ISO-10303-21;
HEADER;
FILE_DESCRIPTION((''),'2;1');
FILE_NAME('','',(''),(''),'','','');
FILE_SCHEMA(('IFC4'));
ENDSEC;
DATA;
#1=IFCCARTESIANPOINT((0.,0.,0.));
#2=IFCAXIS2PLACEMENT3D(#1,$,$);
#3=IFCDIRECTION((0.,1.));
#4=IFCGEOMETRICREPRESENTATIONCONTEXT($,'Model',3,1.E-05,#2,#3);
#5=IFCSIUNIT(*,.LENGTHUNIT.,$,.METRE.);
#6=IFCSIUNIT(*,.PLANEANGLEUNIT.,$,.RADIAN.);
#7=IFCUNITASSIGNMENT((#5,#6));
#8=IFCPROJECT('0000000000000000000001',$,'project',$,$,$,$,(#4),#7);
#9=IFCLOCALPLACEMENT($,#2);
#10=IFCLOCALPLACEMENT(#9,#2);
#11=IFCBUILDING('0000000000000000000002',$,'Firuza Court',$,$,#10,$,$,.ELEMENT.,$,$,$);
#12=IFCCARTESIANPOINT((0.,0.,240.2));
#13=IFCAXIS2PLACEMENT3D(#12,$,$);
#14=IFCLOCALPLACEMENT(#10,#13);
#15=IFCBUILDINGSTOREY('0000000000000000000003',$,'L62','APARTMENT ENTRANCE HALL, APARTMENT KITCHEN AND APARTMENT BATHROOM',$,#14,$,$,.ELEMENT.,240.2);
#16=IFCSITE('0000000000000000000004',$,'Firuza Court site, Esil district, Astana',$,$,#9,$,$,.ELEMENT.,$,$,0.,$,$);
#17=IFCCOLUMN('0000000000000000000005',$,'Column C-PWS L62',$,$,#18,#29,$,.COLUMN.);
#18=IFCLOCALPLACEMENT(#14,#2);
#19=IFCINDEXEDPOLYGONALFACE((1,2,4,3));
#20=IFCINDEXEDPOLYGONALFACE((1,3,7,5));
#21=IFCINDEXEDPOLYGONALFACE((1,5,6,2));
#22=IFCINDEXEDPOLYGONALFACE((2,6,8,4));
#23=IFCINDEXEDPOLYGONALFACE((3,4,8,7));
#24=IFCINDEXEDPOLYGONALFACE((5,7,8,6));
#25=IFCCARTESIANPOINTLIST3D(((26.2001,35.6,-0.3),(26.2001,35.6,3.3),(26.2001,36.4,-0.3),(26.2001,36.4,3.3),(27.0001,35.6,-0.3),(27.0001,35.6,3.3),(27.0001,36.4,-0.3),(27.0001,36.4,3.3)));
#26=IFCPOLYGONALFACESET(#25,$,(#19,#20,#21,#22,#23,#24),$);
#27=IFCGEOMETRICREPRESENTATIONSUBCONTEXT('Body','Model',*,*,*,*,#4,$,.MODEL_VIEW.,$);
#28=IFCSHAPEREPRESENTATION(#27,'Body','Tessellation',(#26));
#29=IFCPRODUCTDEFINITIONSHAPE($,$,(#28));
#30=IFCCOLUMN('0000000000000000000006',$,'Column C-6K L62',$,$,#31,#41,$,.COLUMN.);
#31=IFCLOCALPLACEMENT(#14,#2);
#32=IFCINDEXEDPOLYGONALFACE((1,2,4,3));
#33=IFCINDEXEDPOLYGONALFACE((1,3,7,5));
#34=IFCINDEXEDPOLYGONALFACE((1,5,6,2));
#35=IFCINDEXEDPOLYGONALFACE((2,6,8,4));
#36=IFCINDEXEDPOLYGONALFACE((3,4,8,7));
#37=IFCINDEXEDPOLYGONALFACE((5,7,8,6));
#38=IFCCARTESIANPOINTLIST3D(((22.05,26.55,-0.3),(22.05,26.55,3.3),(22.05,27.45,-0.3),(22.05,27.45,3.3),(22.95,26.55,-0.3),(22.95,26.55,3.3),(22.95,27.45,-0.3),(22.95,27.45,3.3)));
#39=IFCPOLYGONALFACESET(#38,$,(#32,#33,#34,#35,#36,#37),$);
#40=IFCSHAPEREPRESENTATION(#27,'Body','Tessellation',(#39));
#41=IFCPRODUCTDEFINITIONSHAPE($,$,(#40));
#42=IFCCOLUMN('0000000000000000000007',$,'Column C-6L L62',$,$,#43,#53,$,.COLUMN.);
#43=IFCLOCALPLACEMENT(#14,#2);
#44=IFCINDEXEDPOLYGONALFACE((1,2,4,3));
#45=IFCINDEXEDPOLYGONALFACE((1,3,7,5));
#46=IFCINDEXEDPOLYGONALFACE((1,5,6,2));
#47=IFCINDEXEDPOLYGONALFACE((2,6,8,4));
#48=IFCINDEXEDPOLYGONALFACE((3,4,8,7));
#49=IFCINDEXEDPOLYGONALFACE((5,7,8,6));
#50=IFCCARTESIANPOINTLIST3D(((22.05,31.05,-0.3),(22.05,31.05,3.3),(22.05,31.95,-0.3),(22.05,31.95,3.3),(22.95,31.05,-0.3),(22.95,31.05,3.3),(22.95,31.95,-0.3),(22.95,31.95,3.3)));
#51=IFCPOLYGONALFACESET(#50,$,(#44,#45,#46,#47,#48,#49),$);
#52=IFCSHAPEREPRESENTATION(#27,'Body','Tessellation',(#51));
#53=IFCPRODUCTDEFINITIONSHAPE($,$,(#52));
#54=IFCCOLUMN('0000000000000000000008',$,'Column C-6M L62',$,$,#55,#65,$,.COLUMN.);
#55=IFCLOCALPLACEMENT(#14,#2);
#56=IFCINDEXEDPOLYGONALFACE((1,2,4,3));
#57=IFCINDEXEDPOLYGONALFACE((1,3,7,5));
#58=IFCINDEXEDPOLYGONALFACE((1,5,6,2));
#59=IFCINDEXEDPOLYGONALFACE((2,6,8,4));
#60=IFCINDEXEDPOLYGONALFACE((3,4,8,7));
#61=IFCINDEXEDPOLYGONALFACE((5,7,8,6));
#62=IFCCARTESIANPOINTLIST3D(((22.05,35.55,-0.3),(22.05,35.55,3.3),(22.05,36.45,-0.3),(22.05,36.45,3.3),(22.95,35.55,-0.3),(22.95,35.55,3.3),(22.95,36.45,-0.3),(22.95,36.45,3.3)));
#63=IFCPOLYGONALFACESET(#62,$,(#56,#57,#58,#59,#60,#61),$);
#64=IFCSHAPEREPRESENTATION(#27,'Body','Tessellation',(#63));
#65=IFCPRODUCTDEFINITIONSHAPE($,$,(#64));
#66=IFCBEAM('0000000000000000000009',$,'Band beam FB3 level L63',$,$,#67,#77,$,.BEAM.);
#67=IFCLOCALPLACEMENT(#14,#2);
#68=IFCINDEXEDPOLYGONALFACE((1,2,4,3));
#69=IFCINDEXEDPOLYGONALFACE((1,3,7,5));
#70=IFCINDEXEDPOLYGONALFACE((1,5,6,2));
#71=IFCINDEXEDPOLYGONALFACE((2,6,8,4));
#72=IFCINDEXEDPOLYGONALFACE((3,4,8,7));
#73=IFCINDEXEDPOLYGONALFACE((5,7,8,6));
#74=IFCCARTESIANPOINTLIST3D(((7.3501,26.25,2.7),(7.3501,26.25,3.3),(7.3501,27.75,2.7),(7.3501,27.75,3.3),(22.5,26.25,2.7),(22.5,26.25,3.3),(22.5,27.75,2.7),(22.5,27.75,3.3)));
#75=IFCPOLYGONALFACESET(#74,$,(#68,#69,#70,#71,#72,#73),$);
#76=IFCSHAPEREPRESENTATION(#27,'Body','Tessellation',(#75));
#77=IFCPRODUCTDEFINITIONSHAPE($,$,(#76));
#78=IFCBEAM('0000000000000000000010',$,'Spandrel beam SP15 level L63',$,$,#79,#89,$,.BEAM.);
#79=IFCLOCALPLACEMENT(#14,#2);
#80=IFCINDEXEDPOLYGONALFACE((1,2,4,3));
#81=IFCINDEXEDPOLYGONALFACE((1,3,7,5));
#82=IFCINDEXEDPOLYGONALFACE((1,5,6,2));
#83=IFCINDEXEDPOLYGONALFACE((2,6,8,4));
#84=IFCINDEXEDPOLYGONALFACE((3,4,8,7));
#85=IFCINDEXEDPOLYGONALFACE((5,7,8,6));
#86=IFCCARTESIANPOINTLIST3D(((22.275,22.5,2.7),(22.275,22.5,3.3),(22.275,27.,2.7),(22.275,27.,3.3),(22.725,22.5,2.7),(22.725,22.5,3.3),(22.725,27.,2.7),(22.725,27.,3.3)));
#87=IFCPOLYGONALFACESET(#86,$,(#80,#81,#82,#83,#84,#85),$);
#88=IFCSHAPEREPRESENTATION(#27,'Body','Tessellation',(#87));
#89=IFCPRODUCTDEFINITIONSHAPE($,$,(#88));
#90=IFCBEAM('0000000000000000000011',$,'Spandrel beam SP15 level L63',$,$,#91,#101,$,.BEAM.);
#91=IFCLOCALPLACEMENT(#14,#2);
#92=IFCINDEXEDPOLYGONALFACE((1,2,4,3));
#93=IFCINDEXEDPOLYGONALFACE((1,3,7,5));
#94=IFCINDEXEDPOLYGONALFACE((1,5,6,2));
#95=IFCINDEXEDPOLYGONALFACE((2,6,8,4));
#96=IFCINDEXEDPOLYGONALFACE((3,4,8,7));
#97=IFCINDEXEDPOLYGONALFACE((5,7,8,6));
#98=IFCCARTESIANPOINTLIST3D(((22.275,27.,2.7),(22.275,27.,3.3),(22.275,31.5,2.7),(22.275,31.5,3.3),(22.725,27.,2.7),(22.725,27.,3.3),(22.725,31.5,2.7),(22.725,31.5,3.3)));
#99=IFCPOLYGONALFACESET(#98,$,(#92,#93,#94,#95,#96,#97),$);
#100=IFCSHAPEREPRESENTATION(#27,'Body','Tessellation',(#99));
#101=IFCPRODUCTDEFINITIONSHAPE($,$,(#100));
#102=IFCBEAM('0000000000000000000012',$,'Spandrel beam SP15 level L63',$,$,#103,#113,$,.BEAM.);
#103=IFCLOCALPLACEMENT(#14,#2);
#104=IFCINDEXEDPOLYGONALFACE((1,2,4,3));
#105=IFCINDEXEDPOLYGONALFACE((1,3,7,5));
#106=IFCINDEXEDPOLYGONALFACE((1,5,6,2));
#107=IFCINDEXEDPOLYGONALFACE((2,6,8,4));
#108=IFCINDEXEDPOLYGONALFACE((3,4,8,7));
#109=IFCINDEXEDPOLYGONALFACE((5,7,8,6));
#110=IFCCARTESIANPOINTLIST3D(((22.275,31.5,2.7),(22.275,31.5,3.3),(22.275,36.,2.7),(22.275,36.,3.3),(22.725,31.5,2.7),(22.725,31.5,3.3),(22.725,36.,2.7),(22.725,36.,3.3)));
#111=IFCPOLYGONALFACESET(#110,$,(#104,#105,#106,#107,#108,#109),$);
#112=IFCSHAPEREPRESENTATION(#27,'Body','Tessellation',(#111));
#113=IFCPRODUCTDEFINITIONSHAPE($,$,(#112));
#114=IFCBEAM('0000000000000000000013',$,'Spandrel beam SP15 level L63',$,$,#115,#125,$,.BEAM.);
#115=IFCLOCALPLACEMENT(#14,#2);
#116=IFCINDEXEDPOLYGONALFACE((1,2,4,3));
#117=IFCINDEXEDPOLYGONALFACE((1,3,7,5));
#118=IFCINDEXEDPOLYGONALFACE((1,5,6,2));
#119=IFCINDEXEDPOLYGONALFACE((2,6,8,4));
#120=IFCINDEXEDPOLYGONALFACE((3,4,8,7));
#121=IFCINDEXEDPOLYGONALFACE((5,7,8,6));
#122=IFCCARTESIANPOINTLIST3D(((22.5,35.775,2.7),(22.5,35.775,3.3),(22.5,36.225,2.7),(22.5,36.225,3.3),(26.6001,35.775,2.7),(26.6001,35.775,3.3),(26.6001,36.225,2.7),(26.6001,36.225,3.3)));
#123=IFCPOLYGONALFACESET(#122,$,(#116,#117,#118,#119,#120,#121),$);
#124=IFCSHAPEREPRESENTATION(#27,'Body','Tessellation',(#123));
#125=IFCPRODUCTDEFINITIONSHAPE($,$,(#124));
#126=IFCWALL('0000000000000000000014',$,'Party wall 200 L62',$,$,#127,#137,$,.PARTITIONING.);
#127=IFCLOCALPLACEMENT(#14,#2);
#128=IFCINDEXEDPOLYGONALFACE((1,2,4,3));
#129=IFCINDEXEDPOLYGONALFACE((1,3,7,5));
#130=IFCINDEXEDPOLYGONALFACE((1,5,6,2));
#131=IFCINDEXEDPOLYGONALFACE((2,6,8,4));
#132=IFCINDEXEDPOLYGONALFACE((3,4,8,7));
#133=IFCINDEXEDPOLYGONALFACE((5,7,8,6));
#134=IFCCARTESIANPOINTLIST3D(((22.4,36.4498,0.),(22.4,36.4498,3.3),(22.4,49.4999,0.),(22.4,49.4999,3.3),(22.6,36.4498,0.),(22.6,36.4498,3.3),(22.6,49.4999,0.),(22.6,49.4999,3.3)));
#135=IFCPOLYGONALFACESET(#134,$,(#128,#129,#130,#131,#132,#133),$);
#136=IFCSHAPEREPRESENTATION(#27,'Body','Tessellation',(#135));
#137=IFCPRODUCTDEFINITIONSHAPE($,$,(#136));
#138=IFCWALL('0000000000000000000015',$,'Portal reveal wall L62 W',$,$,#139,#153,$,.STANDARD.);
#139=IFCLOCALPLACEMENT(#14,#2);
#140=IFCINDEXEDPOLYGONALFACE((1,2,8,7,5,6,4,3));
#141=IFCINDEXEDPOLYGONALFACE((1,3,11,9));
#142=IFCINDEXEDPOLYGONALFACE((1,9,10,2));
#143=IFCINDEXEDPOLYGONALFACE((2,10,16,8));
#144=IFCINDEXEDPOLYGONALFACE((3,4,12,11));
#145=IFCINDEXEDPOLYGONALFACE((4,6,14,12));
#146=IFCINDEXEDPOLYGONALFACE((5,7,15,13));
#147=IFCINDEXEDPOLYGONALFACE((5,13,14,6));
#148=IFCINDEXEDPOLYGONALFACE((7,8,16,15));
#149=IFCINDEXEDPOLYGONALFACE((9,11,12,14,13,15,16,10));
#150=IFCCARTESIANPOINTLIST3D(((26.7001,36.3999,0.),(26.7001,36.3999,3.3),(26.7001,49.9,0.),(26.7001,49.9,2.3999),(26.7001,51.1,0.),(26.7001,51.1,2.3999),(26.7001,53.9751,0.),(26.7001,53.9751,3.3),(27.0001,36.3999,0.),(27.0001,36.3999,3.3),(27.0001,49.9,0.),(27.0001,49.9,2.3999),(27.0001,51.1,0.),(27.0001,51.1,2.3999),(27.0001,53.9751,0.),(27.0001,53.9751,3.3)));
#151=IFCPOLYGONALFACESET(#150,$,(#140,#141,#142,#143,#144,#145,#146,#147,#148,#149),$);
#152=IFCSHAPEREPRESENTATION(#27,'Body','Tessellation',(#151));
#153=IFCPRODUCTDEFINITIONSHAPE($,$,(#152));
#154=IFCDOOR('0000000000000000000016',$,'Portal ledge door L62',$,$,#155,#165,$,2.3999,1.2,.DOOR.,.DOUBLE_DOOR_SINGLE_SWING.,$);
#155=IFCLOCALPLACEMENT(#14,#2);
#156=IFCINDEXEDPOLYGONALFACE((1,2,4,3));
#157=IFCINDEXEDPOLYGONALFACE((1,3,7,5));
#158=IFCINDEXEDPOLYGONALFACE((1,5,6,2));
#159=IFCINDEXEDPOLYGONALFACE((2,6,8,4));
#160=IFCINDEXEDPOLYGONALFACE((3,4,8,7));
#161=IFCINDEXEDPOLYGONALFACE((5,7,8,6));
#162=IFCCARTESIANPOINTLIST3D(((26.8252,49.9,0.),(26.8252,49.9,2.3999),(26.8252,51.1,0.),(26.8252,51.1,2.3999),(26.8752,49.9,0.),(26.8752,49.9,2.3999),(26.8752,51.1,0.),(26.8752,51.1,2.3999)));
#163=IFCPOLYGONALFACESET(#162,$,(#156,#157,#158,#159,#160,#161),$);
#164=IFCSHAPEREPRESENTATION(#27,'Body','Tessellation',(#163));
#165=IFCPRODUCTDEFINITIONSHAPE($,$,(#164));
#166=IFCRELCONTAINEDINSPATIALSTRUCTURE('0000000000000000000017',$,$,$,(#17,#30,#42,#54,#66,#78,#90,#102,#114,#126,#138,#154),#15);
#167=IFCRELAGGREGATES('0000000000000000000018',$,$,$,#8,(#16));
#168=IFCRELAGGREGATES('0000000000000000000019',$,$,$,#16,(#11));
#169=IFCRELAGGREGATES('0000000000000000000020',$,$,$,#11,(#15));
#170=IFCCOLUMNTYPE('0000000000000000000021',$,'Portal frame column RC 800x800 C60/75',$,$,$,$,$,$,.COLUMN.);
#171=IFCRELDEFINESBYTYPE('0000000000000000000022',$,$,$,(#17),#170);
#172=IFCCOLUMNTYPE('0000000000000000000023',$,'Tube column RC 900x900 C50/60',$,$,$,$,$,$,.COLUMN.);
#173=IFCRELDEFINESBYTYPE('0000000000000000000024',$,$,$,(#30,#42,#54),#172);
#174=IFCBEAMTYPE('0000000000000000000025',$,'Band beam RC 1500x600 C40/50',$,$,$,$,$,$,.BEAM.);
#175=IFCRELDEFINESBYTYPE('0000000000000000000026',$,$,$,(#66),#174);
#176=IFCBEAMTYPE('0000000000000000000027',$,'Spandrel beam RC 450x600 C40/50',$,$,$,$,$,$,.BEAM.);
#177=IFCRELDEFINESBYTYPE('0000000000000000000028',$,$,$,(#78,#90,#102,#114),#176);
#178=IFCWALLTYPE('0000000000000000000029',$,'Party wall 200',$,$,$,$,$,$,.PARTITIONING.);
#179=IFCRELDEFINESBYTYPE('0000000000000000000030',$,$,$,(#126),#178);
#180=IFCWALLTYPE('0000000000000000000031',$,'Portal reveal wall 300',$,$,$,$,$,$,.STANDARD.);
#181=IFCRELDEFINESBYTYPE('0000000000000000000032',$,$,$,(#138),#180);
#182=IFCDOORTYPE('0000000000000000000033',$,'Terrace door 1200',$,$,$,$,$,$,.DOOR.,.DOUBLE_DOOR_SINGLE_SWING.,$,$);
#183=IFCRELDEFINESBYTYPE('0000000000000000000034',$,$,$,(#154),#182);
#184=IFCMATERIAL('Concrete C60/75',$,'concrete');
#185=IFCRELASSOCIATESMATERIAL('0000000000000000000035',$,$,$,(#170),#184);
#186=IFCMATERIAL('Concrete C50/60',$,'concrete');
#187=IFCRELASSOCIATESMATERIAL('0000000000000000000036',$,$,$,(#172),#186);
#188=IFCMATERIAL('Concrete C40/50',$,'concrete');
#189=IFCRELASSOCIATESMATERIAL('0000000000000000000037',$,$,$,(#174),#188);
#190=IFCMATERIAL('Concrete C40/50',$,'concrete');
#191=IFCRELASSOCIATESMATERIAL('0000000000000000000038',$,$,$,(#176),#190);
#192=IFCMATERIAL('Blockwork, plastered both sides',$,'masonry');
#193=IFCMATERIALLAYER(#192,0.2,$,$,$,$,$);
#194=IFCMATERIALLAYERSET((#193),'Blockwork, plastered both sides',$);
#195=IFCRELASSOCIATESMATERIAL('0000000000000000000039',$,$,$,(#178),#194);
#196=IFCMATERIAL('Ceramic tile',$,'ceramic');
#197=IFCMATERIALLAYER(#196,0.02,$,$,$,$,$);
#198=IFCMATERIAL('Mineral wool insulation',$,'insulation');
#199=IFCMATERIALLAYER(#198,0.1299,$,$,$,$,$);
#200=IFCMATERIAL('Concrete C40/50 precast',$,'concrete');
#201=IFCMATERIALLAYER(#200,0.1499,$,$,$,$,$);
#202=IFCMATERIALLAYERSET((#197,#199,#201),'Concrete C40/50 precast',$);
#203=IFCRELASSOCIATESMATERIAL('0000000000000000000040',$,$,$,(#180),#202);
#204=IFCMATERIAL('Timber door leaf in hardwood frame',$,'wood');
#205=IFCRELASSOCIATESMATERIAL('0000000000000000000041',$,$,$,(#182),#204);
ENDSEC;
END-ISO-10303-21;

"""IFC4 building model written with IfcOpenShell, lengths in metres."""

from ifc_helpers import new_model, si_unit, direction, frame, frame_2d, origin, origin_2d, place, context, subcontext, project, spatial, rectangle, extrude, material, layer, layer_set, material_profile, profile_set, type_object, element, fill, save


model = new_model("IFC4")

# Units and contexts
model_context = context("Model", 3, precision=1e-05, world=origin(), true_north=direction((0.0, 1.0)))
body_context = subcontext(model_context, "Body", "Model", "MODEL_VIEW")
ifc_project = project(units=[si_unit("LENGTHUNIT", "METRE"), si_unit("PLANEANGLEUNIT", "RADIAN")], contexts=[model_context])

# Site, building, storey
site_placement = place(None, origin())
site = spatial("IfcSite", under=ifc_project, at=site_placement, Name="Firuza Court site, Esil district, Astana", CompositionType="ELEMENT", RefElevation=0.0)
building_placement = place(site_placement, origin())
building = spatial("IfcBuilding", under=site, at=building_placement, Name="Firuza Court", CompositionType="ELEMENT")
storey_placement = place(building_placement, frame((0.0, 0.0, 240.2)))
storey = spatial("IfcBuildingStorey", under=building, at=storey_placement, Name="L62", Description="APARTMENT ENTRANCE HALL, APARTMENT KITCHEN AND APARTMENT BATHROOM", CompositionType="ELEMENT", Elevation=240.2)

# Columns
ifc_material_1 = material(Name="Concrete C60/75", Category="concrete")
ifc_material_profile_1 = material_profile(ifc_material_1, rectangle(XDim=0.8, YDim=0.8, at=origin_2d()), Name="RC 800x800")
ifc_profile_set_1 = profile_set([ifc_material_profile_1], Name="Concrete C60/75")
column_type_1 = type_object("IfcColumnType", Name="Portal frame column RC 800x800 C60/75", PredefinedType="COLUMN", material=ifc_profile_set_1)
column_placement = place(storey_placement, frame((26.6001, 36.0, -0.3), z_axis=(0.0, 0.0, 1.0), x_axis=(1.0, 0.0, 0.0)))
element("IfcColumn", 1, at=column_placement, inside=storey, type_object=column_type_1, Name="Column C-PWS L62", PredefinedType="COLUMN", context=body_context, shape_type="SweptSolid", body=[
    extrude(rectangle(XDim=0.8, YDim=0.8, at=origin_2d()), origin(), (0.0, 0.0, 1.0), 3.6001),
])
ifc_material_2 = material(Name="Concrete C50/60", Category="concrete")
ifc_material_profile_2 = material_profile(ifc_material_2, rectangle(XDim=0.8999, YDim=0.8999, at=origin_2d()), Name="RC 900x900")
ifc_profile_set_2 = profile_set([ifc_material_profile_2], Name="Concrete C50/60")
column_type_2 = type_object("IfcColumnType", Name="Tube column RC 900x900 C50/60", PredefinedType="COLUMN", material=ifc_profile_set_2)
for number, where, z_axis, x_axis, name in (
    (2, (22.5, 27.0, -0.3), (0.0, 0.0, 1.0), (1.0, 0.0, 0.0), "Column C-6K L62"),
    (3, (22.5, 31.5, -0.3), (0.0, 0.0, 1.0), (1.0, 0.0, 0.0), "Column C-6L L62"),
    (4, (22.5, 36.0, -0.3), (0.0, 0.0, 1.0), (1.0, 0.0, 0.0), "Column C-6M L62"),
):
    element("IfcColumn", number, at=place(storey_placement, frame(where, z_axis=z_axis, x_axis=x_axis)), inside=storey, type_object=column_type_2, Name=name, PredefinedType="COLUMN", context=body_context, shape_type="SweptSolid", body=[
        extrude(rectangle(XDim=0.8999, YDim=0.8999, at=origin_2d()), origin(), (0.0, 0.0, 1.0), 3.6001),
    ])

# Beams
ifc_material_3 = material(Name="Concrete C40/50", Category="concrete")
ifc_material_profile_3 = material_profile(ifc_material_3, rectangle(XDim=1.5, YDim=0.6001, at=origin_2d()), Name="RC 1500x600")
ifc_profile_set_3 = profile_set([ifc_material_profile_3], Name="Concrete C40/50")
beam_type_1 = type_object("IfcBeamType", Name="Band beam RC 1500x600 C40/50", PredefinedType="BEAM", material=ifc_profile_set_3)
beam_1_placement = place(storey_placement, frame((22.5, 27.0, 3.0), z_axis=(-1.0, 0.0, 0.0), x_axis=(0.0, -1.0, 0.0)))
element("IfcBeam", 5, at=beam_1_placement, inside=storey, type_object=beam_type_1, Name="Band beam FB3 level L63", PredefinedType="BEAM", context=body_context, shape_type="SweptSolid", body=[
    extrude(rectangle(XDim=1.5, YDim=0.6001, at=origin_2d()), origin(), (0.0, 0.0, 1.0), 15.1499),
])
ifc_material_4 = material(Name="Concrete C40/50", Category="concrete")
ifc_material_profile_4 = material_profile(ifc_material_4, rectangle(XDim=0.45, YDim=0.6001, at=origin_2d()), Name="RC 450x600")
ifc_profile_set_4 = profile_set([ifc_material_profile_4], Name="Concrete C40/50")
beam_type_2 = type_object("IfcBeamType", Name="Spandrel beam RC 450x600 C40/50", PredefinedType="BEAM", material=ifc_profile_set_4)
for number, where, z_axis, x_axis, name in (
    (6, (22.5, 22.5, 3.0), (0.0, 1.0, 0.0), (-1.0, 0.0, 0.0), "Spandrel beam SP15 level L63"),
    (7, (22.5, 27.0, 3.0), (0.0, 1.0, 0.0), (-1.0, 0.0, 0.0), "Spandrel beam SP15 level L63"),
    (8, (22.5, 31.5, 3.0), (0.0, 1.0, 0.0), (-1.0, 0.0, 0.0), "Spandrel beam SP15 level L63"),
):
    element("IfcBeam", number, at=place(storey_placement, frame(where, z_axis=z_axis, x_axis=x_axis)), inside=storey, type_object=beam_type_2, Name=name, PredefinedType="BEAM", context=body_context, shape_type="SweptSolid", body=[
        extrude(rectangle(XDim=0.45, YDim=0.6001, at=origin_2d()), origin(), (0.0, 0.0, 1.0), 4.5),
    ])
beam_2_placement = place(storey_placement, frame((22.5, 36.0, 3.0), z_axis=(1.0, 0.0, 0.0), x_axis=(0.0, 1.0, 0.0)))
element("IfcBeam", 9, at=beam_2_placement, inside=storey, type_object=beam_type_2, Name="Spandrel beam SP15 level L63", PredefinedType="BEAM", context=body_context, shape_type="SweptSolid", body=[
    extrude(rectangle(XDim=0.45, YDim=0.6001, at=origin_2d()), origin(), (0.0, 0.0, 1.0), 4.1001),
])

# Wall
ifc_material_5 = material(Name="Blockwork, plastered both sides", Category="masonry")
ifc_layer_1 = layer(ifc_material_5, 0.2)
ifc_layer_set_1 = layer_set([ifc_layer_1], Name="Blockwork, plastered both sides")
wall_type_1 = type_object("IfcWallType", Name="Party wall 200", PredefinedType="PARTITIONING", material=ifc_layer_set_1)
wall_1_placement = place(storey_placement, frame((22.5, 36.45, 0.0), z_axis=(0.0, 0.0, 1.0), x_axis=(0.0, 1.0, 0.0)))
element("IfcWall", 10, at=wall_1_placement, inside=storey, type_object=wall_type_1, Name="Party wall 200 L62", PredefinedType="PARTITIONING", context=body_context, shape_type="SweptSolid", body=[
    extrude(rectangle(XDim=13.05, YDim=0.2, at=frame_2d((6.5249, 0.0))), origin(), (0.0, 0.0, 1.0), 3.3),
])

# Wall, opening, door
ifc_material_6 = material(Name="Ceramic tile", Category="ceramic")
ifc_layer_2 = layer(ifc_material_6, 0.02)
ifc_material_7 = material(Name="Mineral wool insulation", Category="insulation")
ifc_layer_3 = layer(ifc_material_7, 0.1299)
ifc_material_8 = material(Name="Concrete C40/50 precast", Category="concrete")
ifc_layer_4 = layer(ifc_material_8, 0.1499)
ifc_layer_set_2 = layer_set([ifc_layer_2, ifc_layer_3, ifc_layer_4], Name="Concrete C40/50 precast")
wall_type_2 = type_object("IfcWallType", Name="Portal reveal wall 300", PredefinedType="STANDARD", material=ifc_layer_set_2)
wall_2_placement = place(storey_placement, frame((26.8501, 36.3999, 0.0), z_axis=(0.0, 0.0, 1.0), x_axis=(0.0, 1.0, 0.0)))
wall_2 = element("IfcWall", 11, at=wall_2_placement, inside=storey, type_object=wall_type_2, Name="Portal reveal wall L62 W", PredefinedType="STANDARD", context=body_context, shape_type="SweptSolid", body=[
    extrude(rectangle(XDim=17.5752, YDim=0.3, at=frame_2d((8.7876, 0.0))), origin(), (0.0, 0.0, 1.0), 3.3),
])
opening_1_placement = place(wall_2_placement, frame((13.5, 0.0, 0.0)))
opening_1 = element("IfcOpeningElement", 12, at=opening_1_placement, cuts=wall_2, PredefinedType="OPENING", context=body_context, shape_type="SweptSolid", body=[
    extrude(rectangle(XDim=1.2, YDim=2.3999, at=frame_2d((0.6001, 1.2))), frame((0.0, 0.1621, 0.0), z_axis=(0.0, -1.0, 0.0), x_axis=(1.0, 0.0, 0.0)), (0.0, 0.0, 1.0), 0.324),
])
ifc_material_9 = material(Name="Timber door leaf in hardwood frame", Category="wood")
door_type = type_object("IfcDoorType", Name="Terrace door 1200", OperationType="DOUBLE_DOOR_SINGLE_SWING", PredefinedType="DOOR", material=ifc_material_9)
door_placement = place(opening_1_placement, origin())
door = element("IfcDoor", 13, at=door_placement, inside=storey, type_object=door_type, Name="Portal ledge door L62", OperationType="DOUBLE_DOOR_SINGLE_SWING", OverallHeight=2.3999, OverallWidth=1.2, PredefinedType="DOOR", context=body_context, shape_type="SweptSolid", body=[
    extrude(rectangle(XDim=1.2, YDim=2.3999, at=frame_2d((0.6001, 1.2))), frame((0.0, 0.0249, 0.0), z_axis=(0.0, -1.0, 0.0), x_axis=(1.0, 0.0, 0.0)), (0.0, 0.0, 1.0), 0.05),
])
fill(opening_1, door)

save(model, "model.ifc")
